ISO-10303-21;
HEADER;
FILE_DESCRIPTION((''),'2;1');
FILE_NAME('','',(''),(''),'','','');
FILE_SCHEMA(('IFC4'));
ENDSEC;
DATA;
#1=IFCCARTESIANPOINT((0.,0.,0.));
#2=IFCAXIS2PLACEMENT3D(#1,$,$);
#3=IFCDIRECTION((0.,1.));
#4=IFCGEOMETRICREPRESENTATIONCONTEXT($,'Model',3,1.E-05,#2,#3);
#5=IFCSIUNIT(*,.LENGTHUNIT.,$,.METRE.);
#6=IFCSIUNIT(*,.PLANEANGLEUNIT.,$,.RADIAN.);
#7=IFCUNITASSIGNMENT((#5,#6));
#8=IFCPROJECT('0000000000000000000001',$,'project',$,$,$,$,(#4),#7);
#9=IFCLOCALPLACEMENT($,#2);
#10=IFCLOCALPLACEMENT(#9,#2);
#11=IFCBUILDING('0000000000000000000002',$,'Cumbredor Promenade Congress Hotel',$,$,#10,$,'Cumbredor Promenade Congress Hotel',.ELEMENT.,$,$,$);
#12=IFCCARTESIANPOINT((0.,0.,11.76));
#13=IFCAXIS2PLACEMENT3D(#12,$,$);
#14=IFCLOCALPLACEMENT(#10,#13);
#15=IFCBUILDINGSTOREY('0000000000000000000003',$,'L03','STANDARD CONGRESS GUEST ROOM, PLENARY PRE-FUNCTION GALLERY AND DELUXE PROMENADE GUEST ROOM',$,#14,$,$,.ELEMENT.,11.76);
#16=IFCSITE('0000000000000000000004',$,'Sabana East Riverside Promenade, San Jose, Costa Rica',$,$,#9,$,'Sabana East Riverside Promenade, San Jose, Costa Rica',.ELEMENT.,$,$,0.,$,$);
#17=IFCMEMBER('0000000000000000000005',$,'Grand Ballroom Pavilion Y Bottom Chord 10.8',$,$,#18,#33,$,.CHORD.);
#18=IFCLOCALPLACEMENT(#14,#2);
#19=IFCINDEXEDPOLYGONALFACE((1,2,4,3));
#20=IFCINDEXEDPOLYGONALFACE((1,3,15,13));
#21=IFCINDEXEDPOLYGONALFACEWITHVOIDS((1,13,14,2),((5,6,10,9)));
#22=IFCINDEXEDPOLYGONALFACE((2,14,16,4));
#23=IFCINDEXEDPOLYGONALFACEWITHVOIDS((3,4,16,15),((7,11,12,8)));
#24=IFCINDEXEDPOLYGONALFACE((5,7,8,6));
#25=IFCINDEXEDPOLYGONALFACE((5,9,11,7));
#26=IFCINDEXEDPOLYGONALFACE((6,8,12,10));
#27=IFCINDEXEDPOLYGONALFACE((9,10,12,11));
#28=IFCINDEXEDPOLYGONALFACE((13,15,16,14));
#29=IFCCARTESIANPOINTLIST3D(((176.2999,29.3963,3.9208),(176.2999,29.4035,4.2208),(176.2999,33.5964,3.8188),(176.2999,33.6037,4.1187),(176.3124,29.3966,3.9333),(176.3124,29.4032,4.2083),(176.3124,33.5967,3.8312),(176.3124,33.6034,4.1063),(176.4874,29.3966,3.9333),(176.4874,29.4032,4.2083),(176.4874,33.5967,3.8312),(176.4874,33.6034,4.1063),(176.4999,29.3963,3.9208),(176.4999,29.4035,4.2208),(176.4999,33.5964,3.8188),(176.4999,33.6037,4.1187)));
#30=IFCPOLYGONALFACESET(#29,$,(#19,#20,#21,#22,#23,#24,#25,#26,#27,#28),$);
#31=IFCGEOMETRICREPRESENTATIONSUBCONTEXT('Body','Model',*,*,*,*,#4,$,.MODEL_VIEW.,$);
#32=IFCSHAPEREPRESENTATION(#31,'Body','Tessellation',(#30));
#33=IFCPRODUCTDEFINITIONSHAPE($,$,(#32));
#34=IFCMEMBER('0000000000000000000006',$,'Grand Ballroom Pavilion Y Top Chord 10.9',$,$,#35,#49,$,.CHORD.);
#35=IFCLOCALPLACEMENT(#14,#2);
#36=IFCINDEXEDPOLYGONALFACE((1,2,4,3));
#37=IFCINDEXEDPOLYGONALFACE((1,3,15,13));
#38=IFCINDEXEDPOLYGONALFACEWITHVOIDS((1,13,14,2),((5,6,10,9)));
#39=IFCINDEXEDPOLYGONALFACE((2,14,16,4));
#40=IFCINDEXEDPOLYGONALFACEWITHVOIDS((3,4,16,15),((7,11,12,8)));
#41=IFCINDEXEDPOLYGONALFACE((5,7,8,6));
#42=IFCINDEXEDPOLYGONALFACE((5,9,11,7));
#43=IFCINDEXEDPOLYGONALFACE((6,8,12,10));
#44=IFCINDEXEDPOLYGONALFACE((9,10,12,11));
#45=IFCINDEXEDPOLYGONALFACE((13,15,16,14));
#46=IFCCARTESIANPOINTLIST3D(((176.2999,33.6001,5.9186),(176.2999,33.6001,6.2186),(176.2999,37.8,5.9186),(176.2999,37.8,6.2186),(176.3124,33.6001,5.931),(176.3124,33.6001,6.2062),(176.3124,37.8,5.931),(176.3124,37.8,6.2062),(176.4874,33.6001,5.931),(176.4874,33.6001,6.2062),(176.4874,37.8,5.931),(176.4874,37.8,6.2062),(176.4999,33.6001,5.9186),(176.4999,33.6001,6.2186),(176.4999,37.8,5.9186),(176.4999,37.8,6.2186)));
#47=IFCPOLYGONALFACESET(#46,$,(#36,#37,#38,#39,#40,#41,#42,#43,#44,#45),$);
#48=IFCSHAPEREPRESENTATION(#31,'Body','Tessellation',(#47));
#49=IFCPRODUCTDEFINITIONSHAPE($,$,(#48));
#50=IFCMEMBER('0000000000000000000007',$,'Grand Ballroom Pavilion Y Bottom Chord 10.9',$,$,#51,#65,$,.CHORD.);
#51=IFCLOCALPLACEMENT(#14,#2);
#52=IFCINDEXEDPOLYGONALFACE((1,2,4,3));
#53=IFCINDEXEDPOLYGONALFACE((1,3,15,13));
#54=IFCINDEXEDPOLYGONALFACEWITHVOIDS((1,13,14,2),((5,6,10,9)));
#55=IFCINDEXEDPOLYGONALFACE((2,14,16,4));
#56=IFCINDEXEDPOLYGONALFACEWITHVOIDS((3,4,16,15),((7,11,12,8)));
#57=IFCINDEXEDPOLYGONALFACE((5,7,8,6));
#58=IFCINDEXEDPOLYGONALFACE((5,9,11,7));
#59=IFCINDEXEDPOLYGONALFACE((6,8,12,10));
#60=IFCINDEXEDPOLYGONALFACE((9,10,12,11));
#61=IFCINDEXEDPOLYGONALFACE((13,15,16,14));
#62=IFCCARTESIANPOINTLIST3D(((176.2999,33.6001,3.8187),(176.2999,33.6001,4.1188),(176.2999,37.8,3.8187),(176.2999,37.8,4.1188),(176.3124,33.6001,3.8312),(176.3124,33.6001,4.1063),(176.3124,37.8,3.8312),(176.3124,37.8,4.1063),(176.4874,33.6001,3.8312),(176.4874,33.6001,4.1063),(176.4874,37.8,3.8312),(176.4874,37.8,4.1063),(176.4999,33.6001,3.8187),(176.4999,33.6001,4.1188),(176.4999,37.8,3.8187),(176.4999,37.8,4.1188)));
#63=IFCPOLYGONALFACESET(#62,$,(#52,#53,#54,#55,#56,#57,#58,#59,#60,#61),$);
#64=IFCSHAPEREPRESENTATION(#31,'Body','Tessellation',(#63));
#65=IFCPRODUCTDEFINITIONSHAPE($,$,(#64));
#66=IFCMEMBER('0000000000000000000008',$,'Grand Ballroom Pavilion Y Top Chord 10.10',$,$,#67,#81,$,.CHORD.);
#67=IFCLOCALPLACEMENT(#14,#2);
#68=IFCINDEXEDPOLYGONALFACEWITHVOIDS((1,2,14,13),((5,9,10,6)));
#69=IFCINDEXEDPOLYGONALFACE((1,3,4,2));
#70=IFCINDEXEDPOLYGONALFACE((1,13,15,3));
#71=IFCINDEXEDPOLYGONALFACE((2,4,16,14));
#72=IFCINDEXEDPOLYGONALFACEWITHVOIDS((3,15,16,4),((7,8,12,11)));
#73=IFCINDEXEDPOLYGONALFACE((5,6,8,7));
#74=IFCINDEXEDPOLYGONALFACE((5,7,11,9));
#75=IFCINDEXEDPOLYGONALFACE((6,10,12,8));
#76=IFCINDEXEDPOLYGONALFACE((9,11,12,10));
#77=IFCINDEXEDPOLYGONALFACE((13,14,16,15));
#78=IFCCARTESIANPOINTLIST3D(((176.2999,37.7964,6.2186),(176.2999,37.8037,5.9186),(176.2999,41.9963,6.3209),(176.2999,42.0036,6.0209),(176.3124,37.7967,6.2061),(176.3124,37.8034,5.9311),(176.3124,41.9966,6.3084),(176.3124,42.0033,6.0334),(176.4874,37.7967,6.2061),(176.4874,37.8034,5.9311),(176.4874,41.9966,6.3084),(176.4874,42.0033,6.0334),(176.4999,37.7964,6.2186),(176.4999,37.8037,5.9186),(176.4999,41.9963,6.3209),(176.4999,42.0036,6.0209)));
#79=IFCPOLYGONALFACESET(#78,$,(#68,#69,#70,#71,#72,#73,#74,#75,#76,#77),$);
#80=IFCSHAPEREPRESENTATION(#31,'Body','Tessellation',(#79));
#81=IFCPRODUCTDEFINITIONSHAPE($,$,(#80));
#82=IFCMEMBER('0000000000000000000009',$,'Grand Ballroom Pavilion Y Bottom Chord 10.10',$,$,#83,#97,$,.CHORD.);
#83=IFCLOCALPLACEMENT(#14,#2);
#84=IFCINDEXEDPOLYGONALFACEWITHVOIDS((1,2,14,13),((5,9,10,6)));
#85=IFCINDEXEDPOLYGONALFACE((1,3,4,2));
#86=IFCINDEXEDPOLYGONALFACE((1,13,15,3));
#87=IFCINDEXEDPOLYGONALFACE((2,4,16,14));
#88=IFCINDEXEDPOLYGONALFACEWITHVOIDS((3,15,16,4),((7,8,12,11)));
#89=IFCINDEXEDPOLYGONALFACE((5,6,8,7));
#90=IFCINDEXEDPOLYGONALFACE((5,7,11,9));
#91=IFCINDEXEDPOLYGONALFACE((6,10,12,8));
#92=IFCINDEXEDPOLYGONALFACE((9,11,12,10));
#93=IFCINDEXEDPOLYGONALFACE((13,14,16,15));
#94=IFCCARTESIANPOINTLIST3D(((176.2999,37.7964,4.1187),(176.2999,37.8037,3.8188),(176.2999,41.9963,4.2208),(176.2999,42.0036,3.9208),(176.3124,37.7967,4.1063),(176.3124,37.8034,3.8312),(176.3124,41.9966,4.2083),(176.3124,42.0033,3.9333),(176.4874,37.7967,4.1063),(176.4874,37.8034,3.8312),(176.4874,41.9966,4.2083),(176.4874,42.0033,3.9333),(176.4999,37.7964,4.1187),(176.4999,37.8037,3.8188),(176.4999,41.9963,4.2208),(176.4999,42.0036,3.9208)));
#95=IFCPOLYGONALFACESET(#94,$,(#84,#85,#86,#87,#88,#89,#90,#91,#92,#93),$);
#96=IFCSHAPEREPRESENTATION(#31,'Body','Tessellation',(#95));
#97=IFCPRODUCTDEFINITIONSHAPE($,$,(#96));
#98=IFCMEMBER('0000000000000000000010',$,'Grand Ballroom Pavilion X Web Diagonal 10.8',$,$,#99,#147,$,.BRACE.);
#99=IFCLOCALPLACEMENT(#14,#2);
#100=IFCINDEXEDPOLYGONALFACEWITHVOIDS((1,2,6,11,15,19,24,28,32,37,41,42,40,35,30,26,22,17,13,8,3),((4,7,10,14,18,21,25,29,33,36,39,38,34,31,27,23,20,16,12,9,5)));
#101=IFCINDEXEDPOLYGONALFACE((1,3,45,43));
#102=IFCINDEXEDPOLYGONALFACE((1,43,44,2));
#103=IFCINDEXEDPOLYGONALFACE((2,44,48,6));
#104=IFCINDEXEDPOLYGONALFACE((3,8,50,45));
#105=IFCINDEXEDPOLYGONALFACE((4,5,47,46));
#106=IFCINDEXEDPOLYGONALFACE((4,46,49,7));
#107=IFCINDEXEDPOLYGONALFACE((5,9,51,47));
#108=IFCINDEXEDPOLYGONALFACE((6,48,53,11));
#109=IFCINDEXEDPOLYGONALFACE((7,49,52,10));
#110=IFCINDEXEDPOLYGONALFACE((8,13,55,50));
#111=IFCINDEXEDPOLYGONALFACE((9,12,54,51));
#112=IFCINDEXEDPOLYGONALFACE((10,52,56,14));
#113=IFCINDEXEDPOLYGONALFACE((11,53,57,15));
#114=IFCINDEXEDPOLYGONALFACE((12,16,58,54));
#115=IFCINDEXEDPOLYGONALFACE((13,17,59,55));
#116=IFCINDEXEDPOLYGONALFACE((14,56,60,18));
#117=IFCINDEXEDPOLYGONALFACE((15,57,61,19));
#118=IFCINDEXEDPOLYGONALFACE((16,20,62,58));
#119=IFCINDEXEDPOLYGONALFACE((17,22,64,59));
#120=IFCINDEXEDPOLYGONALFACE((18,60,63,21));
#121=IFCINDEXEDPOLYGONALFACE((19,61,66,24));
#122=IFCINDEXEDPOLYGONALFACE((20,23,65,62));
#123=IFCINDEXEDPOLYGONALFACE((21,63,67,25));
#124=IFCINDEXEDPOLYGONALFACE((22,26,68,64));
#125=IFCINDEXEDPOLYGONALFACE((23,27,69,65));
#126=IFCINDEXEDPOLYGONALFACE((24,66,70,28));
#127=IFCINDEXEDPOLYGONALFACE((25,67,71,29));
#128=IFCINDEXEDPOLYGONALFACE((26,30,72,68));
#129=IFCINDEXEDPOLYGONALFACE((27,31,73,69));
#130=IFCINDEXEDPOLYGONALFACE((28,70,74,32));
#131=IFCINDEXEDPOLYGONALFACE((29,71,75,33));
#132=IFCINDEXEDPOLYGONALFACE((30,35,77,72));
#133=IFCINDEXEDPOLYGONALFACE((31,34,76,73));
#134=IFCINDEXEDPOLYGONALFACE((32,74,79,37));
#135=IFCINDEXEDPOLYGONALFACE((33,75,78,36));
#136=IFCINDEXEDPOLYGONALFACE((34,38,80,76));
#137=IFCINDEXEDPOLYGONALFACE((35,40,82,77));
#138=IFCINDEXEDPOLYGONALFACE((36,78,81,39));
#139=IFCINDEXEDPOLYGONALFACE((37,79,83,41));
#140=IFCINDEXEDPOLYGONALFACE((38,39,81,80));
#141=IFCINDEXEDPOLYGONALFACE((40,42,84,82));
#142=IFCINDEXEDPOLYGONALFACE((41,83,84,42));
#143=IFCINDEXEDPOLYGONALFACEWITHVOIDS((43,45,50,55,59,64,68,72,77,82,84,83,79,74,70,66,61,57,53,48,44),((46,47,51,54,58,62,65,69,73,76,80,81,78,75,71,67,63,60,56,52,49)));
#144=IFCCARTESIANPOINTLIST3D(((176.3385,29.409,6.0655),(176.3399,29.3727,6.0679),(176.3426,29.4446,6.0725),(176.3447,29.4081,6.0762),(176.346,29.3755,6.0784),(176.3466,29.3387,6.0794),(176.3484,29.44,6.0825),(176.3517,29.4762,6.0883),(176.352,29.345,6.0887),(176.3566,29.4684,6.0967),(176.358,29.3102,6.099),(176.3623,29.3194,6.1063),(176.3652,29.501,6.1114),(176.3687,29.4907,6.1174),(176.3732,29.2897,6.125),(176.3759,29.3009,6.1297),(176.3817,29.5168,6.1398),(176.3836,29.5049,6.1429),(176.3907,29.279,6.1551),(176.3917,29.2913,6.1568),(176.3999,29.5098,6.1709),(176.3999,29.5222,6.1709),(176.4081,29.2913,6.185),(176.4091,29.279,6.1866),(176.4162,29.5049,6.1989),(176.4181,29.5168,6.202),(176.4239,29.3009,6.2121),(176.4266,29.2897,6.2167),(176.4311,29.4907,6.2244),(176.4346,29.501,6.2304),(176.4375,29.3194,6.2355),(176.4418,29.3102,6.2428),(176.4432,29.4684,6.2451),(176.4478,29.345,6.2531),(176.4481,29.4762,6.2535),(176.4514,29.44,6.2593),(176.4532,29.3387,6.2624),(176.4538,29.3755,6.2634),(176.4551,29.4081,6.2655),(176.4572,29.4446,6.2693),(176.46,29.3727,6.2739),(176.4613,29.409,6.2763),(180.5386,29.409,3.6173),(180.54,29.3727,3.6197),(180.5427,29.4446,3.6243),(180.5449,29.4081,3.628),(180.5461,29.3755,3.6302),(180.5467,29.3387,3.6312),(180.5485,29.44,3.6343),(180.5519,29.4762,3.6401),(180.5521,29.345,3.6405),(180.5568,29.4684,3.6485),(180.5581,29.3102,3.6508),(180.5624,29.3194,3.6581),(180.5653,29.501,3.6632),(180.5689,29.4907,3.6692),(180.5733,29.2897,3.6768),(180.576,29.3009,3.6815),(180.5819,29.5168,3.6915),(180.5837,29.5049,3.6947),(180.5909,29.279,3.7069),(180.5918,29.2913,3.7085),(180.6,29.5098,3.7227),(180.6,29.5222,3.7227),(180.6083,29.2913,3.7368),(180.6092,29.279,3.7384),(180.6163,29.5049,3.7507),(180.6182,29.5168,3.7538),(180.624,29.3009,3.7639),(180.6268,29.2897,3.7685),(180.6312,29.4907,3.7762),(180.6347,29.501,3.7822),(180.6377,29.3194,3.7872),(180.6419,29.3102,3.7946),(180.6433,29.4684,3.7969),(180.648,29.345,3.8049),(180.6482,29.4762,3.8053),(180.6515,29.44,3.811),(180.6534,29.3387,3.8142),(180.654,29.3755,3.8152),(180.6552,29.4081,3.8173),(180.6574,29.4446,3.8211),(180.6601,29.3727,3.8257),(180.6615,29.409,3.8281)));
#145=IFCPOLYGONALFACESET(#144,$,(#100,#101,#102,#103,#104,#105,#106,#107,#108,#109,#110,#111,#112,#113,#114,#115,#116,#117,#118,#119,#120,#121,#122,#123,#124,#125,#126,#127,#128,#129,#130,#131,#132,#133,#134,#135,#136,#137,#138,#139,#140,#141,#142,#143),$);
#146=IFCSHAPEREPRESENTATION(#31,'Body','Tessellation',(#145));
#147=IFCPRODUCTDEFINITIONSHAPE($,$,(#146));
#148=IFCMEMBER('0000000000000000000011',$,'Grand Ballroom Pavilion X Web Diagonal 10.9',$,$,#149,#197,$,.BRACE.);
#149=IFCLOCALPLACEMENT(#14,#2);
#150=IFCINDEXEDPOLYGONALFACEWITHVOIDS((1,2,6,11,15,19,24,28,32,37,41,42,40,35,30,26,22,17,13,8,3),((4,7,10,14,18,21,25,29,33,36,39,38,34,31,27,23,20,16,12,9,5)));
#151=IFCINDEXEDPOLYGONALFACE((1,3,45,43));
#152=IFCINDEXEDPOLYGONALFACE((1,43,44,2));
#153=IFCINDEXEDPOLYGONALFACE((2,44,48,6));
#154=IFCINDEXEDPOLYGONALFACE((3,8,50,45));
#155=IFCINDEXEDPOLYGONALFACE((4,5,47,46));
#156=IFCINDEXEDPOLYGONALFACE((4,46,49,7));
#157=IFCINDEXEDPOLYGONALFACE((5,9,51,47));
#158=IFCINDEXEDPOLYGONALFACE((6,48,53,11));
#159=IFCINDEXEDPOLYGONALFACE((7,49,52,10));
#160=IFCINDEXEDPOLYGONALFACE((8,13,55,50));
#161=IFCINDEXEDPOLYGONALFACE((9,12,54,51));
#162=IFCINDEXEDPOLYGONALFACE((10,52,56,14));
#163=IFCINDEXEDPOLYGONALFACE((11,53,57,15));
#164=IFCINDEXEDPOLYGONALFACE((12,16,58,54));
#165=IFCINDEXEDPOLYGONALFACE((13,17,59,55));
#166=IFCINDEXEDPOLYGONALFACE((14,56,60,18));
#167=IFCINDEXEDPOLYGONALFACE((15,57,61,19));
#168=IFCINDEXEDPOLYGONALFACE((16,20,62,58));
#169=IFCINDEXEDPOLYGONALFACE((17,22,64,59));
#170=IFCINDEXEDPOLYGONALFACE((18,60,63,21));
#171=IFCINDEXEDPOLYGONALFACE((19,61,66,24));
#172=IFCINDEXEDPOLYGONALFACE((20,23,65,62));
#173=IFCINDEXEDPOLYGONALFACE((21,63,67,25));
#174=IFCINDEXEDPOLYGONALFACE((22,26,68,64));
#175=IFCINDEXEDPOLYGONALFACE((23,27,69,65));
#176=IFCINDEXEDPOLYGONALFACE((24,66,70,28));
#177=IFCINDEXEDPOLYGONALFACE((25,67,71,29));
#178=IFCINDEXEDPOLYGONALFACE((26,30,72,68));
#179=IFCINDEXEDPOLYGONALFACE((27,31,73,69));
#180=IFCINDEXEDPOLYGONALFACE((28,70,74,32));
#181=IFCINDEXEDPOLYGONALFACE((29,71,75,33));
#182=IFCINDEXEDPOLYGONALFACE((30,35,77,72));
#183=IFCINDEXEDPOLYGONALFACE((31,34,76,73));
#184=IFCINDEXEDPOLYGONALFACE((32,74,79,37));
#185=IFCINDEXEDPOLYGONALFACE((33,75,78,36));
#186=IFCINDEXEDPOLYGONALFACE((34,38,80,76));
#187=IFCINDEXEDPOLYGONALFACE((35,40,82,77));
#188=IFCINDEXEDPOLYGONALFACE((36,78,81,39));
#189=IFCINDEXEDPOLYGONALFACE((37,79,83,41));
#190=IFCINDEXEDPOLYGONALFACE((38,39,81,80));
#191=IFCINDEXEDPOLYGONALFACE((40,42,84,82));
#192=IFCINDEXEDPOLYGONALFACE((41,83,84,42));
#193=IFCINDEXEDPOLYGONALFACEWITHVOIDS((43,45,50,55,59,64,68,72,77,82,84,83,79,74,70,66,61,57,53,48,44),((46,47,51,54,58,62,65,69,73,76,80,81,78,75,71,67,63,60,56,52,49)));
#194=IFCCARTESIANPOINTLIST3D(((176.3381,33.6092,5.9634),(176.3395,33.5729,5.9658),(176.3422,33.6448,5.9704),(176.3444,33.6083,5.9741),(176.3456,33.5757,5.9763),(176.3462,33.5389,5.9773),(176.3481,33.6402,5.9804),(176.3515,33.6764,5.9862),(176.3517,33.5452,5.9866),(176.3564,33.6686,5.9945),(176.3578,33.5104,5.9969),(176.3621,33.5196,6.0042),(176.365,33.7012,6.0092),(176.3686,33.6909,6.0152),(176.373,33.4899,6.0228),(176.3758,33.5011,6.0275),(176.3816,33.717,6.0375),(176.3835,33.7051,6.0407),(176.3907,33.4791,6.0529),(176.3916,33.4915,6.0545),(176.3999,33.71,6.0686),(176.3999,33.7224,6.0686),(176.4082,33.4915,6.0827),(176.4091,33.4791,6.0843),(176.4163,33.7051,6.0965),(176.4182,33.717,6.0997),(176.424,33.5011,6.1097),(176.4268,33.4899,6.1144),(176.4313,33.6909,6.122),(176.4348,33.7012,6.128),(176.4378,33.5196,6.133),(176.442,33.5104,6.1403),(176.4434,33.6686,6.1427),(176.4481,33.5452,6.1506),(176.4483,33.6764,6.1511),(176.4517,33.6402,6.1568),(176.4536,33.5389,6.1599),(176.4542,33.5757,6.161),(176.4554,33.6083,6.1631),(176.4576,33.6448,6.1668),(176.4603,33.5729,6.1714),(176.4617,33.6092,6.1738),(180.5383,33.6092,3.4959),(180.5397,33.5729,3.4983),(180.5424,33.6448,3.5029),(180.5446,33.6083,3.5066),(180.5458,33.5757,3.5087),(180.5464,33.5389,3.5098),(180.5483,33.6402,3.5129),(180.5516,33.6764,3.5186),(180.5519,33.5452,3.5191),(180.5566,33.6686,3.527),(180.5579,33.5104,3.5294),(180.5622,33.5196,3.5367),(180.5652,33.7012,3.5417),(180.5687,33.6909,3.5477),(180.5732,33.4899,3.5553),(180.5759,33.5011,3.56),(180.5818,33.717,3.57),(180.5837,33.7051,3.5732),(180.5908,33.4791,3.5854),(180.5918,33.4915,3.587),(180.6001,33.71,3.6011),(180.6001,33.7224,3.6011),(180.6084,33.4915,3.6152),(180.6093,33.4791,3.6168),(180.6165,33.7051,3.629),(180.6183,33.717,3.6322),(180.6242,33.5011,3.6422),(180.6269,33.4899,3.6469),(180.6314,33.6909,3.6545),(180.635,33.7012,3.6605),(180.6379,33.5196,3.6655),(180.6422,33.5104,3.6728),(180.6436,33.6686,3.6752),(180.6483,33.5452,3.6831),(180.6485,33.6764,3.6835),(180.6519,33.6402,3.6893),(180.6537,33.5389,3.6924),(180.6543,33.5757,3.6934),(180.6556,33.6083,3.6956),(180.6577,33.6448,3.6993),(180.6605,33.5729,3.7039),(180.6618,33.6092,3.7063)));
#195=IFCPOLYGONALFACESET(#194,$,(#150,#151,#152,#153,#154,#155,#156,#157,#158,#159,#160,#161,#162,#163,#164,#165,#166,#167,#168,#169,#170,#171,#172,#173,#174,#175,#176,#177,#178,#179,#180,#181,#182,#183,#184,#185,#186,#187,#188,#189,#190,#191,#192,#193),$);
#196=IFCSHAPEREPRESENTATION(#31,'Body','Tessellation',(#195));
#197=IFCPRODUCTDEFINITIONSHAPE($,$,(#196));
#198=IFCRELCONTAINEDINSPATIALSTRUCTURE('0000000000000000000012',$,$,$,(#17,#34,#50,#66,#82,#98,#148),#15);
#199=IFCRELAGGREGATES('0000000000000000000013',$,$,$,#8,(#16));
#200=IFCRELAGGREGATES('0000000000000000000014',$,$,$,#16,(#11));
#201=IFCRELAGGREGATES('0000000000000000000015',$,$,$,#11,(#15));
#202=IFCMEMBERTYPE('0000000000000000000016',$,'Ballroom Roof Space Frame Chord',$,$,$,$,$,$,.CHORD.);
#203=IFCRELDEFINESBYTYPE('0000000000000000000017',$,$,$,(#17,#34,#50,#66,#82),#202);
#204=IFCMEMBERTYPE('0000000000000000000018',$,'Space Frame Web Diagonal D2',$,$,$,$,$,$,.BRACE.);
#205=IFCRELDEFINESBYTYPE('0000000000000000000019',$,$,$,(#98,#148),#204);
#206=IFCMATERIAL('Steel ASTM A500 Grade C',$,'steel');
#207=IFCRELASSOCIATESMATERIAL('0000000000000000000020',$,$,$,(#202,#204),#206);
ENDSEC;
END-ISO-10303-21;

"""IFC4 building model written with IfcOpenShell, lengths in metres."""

from ifc_helpers import new_model, si_unit, direction, frame, origin, origin_2d, place, context, subcontext, project, spatial, hollow_rectangle, hollow_circle, extrude, material, material_profile, profile_set, type_object, element, save


model = new_model("IFC4")

# Units and contexts
model_context = context("Model", 3, precision=1e-05, world=origin(), true_north=direction((0.0, 1.0)))
body_context = subcontext(model_context, "Body", "Model", "MODEL_VIEW")
ifc_project = project(units=[si_unit("LENGTHUNIT", "METRE"), si_unit("PLANEANGLEUNIT", "RADIAN")], contexts=[model_context])

# Site, building, storey
site_placement = place(None, origin())
site = spatial("IfcSite", under=ifc_project, at=site_placement, Name="Sabana East Riverside Promenade, San Jose, Costa Rica", LongName="Sabana East Riverside Promenade, San Jose, Costa Rica", CompositionType="ELEMENT", RefElevation=0.0)
building_placement = place(site_placement, origin())
building = spatial("IfcBuilding", under=site, at=building_placement, Name="Cumbredor Promenade Congress Hotel", LongName="Cumbredor Promenade Congress Hotel", CompositionType="ELEMENT")
storey_placement = place(building_placement, frame((0.0, 0.0, 11.76)))
storey = spatial("IfcBuildingStorey", under=building, at=storey_placement, Name="L03", Description="STANDARD CONGRESS GUEST ROOM, PLENARY PRE-FUNCTION GALLERY AND DELUXE PROMENADE GUEST ROOM", CompositionType="ELEMENT", Elevation=11.76)

# Members
ifc_material_1 = material(Name="Steel ASTM A500 Grade C", Category="steel")
ifc_material_profile_1 = material_profile(ifc_material_1, hollow_rectangle(XDim=0.2, YDim=0.3, WallThickness=0.0125, at=origin_2d()), Name="HSS 300x200x12.5")
ifc_profile_set_1 = profile_set([ifc_material_profile_1], Name="Steel ASTM A500 Grade C")
member_type_1 = type_object("IfcMemberType", Name="Ballroom Roof Space Frame Chord", PredefinedType="CHORD", material=ifc_profile_set_1)
for number, where, z_axis, x_axis, name in (
    (1, (176.3999, 29.3999, 4.0708), (0.0, 0.999705, -0.02429), (-1.0, 0.0, 0.0), "Grand Ballroom Pavilion Y Bottom Chord 10.8"),
):
    element("IfcMember", number, at=place(storey_placement, frame(where, z_axis=z_axis, x_axis=x_axis)), inside=storey, type_object=member_type_1, Name=name, PredefinedType="CHORD", context=body_context, shape_type="SweptSolid", body=[
        extrude(hollow_rectangle(XDim=0.2, YDim=0.3, WallThickness=0.0125, at=origin_2d()), origin(), (0.0, 0.0, 1.0), 4.2014),
    ])
for number, where, z_axis, x_axis, name in (
    (2, (176.3999, 33.6001, 6.0686), (0.0, 1.0, 0.0), (-1.0, 0.0, 0.0), "Grand Ballroom Pavilion Y Top Chord 10.9"),
    (3, (176.3999, 33.6001, 3.9688), (0.0, 1.0, 0.0), (-1.0, 0.0, 0.0), "Grand Ballroom Pavilion Y Bottom Chord 10.9"),
):
    element("IfcMember", number, at=place(storey_placement, frame(where, z_axis=z_axis, x_axis=x_axis)), inside=storey, type_object=member_type_1, Name=name, PredefinedType="CHORD", context=body_context, shape_type="SweptSolid", body=[
        extrude(hollow_rectangle(XDim=0.2, YDim=0.3, WallThickness=0.0125, at=origin_2d()), origin(), (0.0, 0.0, 1.0), 4.2),
    ])
for number, where, z_axis, x_axis, name in (
    (4, (176.3999, 37.8, 6.0686), (0.0, 0.999704, 0.024349), (-1.0, 0.0, 0.0), "Grand Ballroom Pavilion Y Top Chord 10.10"),
    (5, (176.3999, 37.8, 3.9688), (0.0, 0.999705, 0.024291), (-1.0, 0.0, 0.0), "Grand Ballroom Pavilion Y Bottom Chord 10.10"),
):
    element("IfcMember", number, at=place(storey_placement, frame(where, z_axis=z_axis, x_axis=x_axis)), inside=storey, type_object=member_type_1, Name=name, PredefinedType="CHORD", context=body_context, shape_type="SweptSolid", body=[
        extrude(hollow_rectangle(XDim=0.2, YDim=0.3, WallThickness=0.0125, at=origin_2d()), origin(), (0.0, 0.0, 1.0), 4.2012),
    ])
ifc_material_profile_2 = material_profile(ifc_material_1, hollow_circle(Radius=0.1223, WallThickness=0.0125, at=origin_2d()), Name="CHS 244.5x12.5")
ifc_profile_set_2 = profile_set([ifc_material_profile_2], Name="Steel ASTM A500 Grade C")
member_type_2 = type_object("IfcMemberType", Name="Space Frame Web Diagonal D2", PredefinedType="BRACE", material=ifc_profile_set_2)
member_1_placement = place(storey_placement, frame((176.3999, 29.3999, 6.1709), z_axis=(0.863946, 0.0, -0.503584), x_axis=(0.0, 1.0, 0.0)))
element("IfcMember", 6, at=member_1_placement, inside=storey, type_object=member_type_2, Name="Grand Ballroom Pavilion X Web Diagonal 10.8", PredefinedType="BRACE", context=body_context, shape_type="SweptSolid", body=[
    extrude(hollow_circle(Radius=0.1223, WallThickness=0.0125, at=origin_2d()), origin(), (0.0, 0.0, 1.0), 4.8616),
])
member_2_placement = place(storey_placement, frame((176.3999, 33.6001, 6.0686), z_axis=(0.862219, 0.0, -0.506536), x_axis=(0.0, 1.0, 0.0)))
element("IfcMember", 7, at=member_2_placement, inside=storey, type_object=member_type_2, Name="Grand Ballroom Pavilion X Web Diagonal 10.9", PredefinedType="BRACE", context=body_context, shape_type="SweptSolid", body=[
    extrude(hollow_circle(Radius=0.1223, WallThickness=0.0125, at=origin_2d()), origin(), (0.0, 0.0, 1.0), 4.8713),
])

save(model, "model.ifc")
